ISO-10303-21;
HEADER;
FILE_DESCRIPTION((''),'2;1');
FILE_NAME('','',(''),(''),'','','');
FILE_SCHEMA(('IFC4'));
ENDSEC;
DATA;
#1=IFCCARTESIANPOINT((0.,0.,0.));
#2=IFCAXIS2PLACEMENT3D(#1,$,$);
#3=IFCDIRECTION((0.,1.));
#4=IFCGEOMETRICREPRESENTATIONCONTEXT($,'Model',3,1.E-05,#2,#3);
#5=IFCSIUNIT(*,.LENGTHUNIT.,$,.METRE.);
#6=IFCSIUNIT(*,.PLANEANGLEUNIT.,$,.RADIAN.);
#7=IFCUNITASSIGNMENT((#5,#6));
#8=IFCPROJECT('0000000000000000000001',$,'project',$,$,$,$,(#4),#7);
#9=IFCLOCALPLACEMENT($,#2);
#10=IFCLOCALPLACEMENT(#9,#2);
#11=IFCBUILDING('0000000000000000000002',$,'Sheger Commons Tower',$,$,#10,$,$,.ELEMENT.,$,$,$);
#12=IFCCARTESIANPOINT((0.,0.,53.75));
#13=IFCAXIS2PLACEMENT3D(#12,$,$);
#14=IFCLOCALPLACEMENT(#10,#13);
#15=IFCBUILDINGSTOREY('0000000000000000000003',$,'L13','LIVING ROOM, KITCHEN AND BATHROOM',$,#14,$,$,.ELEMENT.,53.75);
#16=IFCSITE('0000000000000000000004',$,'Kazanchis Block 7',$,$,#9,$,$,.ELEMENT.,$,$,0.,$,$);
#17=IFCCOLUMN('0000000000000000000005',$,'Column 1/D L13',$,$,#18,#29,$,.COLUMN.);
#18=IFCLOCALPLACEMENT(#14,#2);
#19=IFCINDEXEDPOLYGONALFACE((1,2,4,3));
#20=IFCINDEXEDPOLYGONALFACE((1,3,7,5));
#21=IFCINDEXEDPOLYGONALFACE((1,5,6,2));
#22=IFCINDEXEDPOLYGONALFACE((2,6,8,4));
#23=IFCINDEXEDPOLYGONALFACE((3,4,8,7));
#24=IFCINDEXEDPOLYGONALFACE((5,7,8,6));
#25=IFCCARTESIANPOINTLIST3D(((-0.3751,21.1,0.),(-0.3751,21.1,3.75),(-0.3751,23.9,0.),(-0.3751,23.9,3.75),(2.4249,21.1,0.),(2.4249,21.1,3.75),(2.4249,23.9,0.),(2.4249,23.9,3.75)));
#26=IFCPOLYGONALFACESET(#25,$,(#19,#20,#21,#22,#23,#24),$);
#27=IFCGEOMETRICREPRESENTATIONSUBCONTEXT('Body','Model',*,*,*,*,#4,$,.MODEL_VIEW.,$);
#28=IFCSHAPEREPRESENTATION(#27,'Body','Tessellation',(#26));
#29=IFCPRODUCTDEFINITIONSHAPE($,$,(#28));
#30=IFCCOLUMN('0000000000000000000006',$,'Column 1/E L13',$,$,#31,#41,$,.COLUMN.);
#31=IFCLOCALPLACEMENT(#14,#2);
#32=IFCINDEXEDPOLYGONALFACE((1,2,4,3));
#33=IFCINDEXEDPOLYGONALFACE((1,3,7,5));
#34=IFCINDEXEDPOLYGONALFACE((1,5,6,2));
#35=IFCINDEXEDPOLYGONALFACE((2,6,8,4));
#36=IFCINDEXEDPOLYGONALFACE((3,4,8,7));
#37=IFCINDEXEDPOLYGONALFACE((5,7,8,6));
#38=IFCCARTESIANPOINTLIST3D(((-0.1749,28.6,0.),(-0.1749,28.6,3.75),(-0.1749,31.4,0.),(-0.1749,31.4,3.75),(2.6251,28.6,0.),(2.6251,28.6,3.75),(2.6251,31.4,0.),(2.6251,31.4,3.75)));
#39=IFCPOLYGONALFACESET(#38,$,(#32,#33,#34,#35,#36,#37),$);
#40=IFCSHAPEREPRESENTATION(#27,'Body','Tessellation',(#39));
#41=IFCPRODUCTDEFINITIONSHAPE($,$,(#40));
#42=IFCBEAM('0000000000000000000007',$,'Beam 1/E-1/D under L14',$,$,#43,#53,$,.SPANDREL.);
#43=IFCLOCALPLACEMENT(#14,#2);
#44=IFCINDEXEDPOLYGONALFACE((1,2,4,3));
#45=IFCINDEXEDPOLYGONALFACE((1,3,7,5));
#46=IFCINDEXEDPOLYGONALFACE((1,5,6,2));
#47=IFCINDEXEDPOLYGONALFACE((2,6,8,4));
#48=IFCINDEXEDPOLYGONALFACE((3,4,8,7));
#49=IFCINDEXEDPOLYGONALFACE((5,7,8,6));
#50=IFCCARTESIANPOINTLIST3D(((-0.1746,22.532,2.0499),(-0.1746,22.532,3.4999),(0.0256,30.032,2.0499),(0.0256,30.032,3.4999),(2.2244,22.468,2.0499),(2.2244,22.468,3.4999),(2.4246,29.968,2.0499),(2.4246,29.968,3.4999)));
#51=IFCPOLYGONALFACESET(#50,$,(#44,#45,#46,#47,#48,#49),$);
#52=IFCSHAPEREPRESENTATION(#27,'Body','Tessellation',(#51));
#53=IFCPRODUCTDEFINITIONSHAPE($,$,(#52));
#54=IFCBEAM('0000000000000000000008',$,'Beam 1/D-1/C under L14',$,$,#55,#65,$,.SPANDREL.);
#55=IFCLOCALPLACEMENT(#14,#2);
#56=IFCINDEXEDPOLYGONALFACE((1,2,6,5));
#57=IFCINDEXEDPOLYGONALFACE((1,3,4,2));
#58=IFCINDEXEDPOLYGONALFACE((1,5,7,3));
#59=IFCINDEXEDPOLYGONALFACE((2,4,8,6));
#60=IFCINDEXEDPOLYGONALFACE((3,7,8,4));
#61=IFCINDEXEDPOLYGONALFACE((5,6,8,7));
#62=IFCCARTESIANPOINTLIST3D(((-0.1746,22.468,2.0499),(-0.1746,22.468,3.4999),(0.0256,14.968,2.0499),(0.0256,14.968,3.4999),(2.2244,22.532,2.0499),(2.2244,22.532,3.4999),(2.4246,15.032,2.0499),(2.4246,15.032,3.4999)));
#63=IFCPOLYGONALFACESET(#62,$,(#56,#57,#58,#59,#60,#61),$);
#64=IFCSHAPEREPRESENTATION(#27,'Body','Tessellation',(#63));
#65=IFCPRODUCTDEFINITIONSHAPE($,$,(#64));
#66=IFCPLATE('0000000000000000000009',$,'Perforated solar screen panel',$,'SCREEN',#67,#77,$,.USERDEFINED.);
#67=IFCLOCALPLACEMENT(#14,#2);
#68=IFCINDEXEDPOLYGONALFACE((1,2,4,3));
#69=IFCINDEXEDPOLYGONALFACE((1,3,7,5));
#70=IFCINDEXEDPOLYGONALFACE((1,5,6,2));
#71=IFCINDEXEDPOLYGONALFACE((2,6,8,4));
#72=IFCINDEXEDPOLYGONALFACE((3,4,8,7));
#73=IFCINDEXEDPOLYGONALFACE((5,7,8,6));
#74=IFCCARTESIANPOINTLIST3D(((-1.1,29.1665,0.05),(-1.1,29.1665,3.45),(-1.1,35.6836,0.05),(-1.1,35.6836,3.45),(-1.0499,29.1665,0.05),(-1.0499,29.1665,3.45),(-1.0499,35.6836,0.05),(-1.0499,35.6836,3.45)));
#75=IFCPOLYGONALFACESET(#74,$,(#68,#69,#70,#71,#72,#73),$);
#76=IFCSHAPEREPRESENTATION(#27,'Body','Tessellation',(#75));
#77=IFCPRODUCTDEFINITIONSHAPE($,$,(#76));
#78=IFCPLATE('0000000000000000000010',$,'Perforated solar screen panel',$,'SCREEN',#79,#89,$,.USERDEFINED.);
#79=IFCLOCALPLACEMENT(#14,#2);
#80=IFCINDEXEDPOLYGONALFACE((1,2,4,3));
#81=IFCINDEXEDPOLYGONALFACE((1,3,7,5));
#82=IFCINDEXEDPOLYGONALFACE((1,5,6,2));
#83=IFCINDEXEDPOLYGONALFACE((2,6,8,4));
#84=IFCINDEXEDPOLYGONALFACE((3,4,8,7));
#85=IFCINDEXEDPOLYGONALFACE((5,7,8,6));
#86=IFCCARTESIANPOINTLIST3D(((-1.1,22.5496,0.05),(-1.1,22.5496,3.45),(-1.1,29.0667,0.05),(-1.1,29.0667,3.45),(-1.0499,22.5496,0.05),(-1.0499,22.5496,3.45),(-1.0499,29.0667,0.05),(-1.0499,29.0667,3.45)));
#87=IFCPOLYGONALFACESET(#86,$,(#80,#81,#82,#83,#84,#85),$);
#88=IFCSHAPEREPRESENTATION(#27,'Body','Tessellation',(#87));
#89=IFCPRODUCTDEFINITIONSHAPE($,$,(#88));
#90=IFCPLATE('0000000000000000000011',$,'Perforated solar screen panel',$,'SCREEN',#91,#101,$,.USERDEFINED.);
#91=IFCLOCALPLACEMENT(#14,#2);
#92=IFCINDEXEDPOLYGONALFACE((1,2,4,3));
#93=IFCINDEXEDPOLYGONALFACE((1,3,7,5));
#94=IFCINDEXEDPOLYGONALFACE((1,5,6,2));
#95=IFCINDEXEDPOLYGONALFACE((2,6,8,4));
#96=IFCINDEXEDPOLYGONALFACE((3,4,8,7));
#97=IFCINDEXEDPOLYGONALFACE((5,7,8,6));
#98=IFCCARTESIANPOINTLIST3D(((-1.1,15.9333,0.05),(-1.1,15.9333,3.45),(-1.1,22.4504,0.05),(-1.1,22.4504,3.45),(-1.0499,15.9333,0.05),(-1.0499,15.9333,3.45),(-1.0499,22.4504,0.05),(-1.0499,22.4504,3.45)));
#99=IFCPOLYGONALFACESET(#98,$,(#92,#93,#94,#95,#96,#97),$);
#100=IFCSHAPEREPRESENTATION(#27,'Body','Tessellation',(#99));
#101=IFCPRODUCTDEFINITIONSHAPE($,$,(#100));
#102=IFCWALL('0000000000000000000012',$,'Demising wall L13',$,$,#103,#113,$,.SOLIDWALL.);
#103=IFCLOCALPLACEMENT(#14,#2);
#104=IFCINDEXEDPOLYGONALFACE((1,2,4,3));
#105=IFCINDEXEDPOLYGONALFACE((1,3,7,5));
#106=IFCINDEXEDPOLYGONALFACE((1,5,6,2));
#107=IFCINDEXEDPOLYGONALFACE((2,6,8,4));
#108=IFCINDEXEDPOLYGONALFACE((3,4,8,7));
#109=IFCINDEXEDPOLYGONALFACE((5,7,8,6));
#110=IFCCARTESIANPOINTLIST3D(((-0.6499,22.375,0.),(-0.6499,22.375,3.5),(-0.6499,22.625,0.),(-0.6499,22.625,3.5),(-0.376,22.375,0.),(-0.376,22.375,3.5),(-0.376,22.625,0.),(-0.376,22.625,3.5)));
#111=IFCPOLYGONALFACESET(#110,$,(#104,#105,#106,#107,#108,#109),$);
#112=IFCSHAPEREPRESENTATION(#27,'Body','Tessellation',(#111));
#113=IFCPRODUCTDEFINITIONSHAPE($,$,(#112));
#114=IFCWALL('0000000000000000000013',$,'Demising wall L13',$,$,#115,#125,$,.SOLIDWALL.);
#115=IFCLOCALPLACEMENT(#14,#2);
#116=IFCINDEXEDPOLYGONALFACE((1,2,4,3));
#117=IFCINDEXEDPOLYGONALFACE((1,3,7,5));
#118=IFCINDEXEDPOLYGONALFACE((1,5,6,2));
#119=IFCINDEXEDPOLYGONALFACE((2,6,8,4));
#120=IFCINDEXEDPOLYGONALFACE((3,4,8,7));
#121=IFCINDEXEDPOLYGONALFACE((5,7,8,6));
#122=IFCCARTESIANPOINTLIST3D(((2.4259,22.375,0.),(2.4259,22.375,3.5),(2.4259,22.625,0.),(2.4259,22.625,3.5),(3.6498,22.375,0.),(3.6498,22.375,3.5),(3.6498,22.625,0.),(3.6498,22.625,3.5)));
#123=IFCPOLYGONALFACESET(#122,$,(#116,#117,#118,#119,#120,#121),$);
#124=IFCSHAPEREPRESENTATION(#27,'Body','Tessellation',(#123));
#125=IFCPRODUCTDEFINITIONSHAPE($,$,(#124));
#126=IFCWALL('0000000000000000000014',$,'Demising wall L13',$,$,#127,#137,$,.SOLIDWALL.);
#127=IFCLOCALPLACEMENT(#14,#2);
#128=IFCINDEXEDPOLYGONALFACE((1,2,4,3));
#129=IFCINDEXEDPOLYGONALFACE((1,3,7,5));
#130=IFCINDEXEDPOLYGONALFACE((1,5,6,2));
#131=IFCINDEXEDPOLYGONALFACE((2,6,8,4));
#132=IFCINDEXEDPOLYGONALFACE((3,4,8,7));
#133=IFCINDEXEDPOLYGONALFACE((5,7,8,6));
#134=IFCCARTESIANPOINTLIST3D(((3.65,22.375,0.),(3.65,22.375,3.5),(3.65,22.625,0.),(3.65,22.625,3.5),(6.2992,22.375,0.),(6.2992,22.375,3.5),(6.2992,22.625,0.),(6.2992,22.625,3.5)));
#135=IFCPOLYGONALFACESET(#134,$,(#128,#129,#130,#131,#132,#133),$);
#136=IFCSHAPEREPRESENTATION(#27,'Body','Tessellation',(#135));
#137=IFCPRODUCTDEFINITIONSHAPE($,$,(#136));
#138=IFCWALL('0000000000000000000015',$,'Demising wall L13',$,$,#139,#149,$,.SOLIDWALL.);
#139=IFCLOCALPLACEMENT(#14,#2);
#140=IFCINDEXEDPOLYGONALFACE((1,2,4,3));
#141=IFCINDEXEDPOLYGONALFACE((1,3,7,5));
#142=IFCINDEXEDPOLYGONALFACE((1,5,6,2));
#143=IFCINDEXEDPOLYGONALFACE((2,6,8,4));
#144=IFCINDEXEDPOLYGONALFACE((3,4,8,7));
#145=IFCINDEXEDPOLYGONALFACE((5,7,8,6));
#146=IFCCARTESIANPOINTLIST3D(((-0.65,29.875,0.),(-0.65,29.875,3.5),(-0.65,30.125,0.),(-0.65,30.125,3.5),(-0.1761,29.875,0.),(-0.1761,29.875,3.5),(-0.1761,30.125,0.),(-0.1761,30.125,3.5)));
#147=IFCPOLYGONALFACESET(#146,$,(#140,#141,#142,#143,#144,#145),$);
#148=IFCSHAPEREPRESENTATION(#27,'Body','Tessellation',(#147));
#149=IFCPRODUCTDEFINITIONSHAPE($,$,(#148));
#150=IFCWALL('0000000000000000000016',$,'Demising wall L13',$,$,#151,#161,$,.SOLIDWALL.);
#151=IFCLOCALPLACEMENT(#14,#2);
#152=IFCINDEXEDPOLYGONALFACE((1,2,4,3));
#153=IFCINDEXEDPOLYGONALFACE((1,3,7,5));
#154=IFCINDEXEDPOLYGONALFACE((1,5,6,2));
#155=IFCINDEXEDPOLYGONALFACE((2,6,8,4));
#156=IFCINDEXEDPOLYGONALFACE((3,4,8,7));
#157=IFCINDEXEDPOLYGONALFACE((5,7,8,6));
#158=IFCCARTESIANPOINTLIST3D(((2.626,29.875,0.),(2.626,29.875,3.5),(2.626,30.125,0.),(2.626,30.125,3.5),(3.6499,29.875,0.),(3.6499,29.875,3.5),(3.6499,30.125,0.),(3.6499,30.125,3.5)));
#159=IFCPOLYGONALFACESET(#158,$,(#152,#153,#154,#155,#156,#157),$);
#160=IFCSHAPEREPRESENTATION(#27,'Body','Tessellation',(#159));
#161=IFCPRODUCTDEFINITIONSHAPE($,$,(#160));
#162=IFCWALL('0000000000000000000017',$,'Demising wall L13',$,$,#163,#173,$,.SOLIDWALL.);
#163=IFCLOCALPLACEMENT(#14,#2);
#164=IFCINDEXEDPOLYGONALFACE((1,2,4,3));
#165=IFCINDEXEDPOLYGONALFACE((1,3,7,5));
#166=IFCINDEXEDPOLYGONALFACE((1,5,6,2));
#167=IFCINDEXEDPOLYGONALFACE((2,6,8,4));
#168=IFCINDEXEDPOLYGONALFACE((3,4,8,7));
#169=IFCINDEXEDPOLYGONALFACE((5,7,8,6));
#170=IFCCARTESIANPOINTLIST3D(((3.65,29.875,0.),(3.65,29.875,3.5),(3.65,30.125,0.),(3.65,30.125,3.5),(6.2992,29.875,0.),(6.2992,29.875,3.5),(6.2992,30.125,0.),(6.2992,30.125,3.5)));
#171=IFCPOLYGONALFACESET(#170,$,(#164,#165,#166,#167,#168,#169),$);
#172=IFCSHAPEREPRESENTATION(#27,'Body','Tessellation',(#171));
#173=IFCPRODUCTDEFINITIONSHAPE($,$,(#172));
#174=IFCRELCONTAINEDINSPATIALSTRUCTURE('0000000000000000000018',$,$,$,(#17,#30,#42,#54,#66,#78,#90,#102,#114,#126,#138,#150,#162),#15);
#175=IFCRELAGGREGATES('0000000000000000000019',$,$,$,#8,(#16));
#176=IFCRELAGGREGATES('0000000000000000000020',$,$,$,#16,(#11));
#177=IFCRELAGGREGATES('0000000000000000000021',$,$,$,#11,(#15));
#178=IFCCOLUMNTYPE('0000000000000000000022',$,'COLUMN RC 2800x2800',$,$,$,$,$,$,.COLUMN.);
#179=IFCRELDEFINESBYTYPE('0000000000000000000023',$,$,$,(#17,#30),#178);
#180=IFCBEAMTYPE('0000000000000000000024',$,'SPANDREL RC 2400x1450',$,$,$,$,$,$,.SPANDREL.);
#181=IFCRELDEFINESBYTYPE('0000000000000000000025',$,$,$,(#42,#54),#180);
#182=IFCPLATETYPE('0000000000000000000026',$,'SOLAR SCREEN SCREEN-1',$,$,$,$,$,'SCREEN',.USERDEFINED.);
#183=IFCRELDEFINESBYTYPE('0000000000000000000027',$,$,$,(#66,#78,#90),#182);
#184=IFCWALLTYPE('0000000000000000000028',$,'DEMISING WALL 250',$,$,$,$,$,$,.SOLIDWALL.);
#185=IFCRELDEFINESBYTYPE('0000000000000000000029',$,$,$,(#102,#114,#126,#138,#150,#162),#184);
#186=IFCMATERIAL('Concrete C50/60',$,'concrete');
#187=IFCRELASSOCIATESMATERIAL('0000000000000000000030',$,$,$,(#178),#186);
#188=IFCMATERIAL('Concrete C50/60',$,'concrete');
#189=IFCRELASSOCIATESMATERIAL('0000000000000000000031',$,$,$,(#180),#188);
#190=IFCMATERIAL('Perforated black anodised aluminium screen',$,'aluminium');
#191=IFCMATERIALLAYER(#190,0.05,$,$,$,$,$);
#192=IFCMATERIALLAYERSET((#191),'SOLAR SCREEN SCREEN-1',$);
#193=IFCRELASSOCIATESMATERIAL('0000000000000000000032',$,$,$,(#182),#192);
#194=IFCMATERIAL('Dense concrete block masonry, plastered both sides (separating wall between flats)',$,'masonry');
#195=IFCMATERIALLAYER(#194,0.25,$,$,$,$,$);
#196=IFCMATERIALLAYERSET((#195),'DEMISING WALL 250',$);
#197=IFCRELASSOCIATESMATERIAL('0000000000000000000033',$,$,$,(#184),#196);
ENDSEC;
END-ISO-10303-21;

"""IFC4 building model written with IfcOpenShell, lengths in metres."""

from ifc_helpers import new_model, si_unit, direction, frame, frame_2d, origin, origin_2d, place, context, subcontext, project, spatial, rectangle, extrude, material, layer, layer_set, material_profile, profile_set, type_object, element, save


model = new_model("IFC4")

# Units and contexts
model_context = context("Model", 3, precision=1e-05, world=origin(), true_north=direction((0.0, 1.0)))
body_context = subcontext(model_context, "Body", "Model", "MODEL_VIEW")
ifc_project = project(units=[si_unit("LENGTHUNIT", "METRE"), si_unit("PLANEANGLEUNIT", "RADIAN")], contexts=[model_context])

# Site, building, storey
site_placement = place(None, origin())
site = spatial("IfcSite", under=ifc_project, at=site_placement, Name="Kazanchis Block 7", CompositionType="ELEMENT", RefElevation=0.0)
building_placement = place(site_placement, origin())
building = spatial("IfcBuilding", under=site, at=building_placement, Name="Sheger Commons Tower", CompositionType="ELEMENT")
storey_placement = place(building_placement, frame((0.0, 0.0, 53.75)))
storey = spatial("IfcBuildingStorey", under=building, at=storey_placement, Name="L13", Description="LIVING ROOM, KITCHEN AND BATHROOM", CompositionType="ELEMENT", Elevation=53.75)

# Columns
ifc_material_1 = material(Name="Concrete C50/60", Category="concrete")
ifc_material_profile_1 = material_profile(ifc_material_1, rectangle(XDim=2.8, YDim=2.8, at=origin_2d()), Name="RC 2800x2800")
ifc_profile_set_1 = profile_set([ifc_material_profile_1], Name="Concrete C50/60")
column_type = type_object("IfcColumnType", Name="COLUMN RC 2800x2800", PredefinedType="COLUMN", material=ifc_profile_set_1)
for number, where, z_axis, x_axis, name in (
    (1, (1.0249, 22.5, 0.0), (0.0, 0.0, 1.0), (1.0, 0.0, 0.0), "Column 1/D L13"),
    (2, (1.2251, 30.0, 0.0), (0.0, 0.0, 1.0), (1.0, 0.0, 0.0), "Column 1/E L13"),
):
    element("IfcColumn", number, at=place(storey_placement, frame(where, z_axis=z_axis, x_axis=x_axis)), inside=storey, type_object=column_type, Name=name, PredefinedType="COLUMN", context=body_context, shape_type="SweptSolid", body=[
        extrude(rectangle(XDim=2.8, YDim=2.8, at=origin_2d()), origin(), (0.0, 0.0, 1.0), 3.75),
    ])

# Beams
ifc_material_2 = material(Name="Concrete C50/60", Category="concrete")
ifc_material_profile_2 = material_profile(ifc_material_2, rectangle(XDim=2.3999, YDim=1.45, at=origin_2d()), Name="RC 2400x1450")
ifc_profile_set_2 = profile_set([ifc_material_profile_2], Name="Concrete C50/60")
beam_type = type_object("IfcBeamType", Name="SPANDREL RC 2400x1450", PredefinedType="SPANDREL", material=ifc_profile_set_2)
for number, where, z_axis, x_axis, name in (
    (3, (1.2251, 30.0, 2.7749), (-0.026683, -0.999644, 0.0), (0.999644, -0.026683, 0.0), "Beam 1/E-1/D under L14"),
    (4, (1.0249, 22.5, 2.7749), (0.026683, -0.999644, 0.0), (0.999644, 0.026683, 0.0), "Beam 1/D-1/C under L14"),
):
    element("IfcBeam", number, at=place(storey_placement, frame(where, z_axis=z_axis, x_axis=x_axis)), inside=storey, type_object=beam_type, Name=name, PredefinedType="SPANDREL", context=body_context, shape_type="SweptSolid", body=[
        extrude(rectangle(XDim=2.3999, YDim=1.45, at=origin_2d()), origin(), (0.0, 0.0, 1.0), 7.5027),
    ])

# Plates
ifc_material_3 = material(Name="Perforated black anodised aluminium screen", Category="aluminium")
ifc_layer_1 = layer(ifc_material_3, 0.05)
ifc_layer_set_1 = layer_set([ifc_layer_1], Name="SOLAR SCREEN SCREEN-1")
plate_type = type_object("IfcPlateType", Name="SOLAR SCREEN SCREEN-1", ElementType="SCREEN", PredefinedType="USERDEFINED", material=ifc_layer_set_1)
for number, where, z_axis, x_axis, name in (
    (5, (-1.075, 32.425, 0.05), (0.0, 0.0, 1.0), (0.0, -1.0, 0.0), "Perforated solar screen panel"),
    (6, (-1.075, 25.8081, 0.05), (0.0, 0.0, 1.0), (0.0, -1.0, 0.0), "Perforated solar screen panel"),
    (7, (-1.075, 19.1919, 0.05), (0.0, 0.0, 1.0), (0.0, -1.0, 0.0), "Perforated solar screen panel"),
):
    element("IfcPlate", number, at=place(storey_placement, frame(where, z_axis=z_axis, x_axis=x_axis)), inside=storey, type_object=plate_type, Name=name, ObjectType="SCREEN", PredefinedType="USERDEFINED", context=body_context, shape_type="SweptSolid", body=[
        extrude(rectangle(XDim=6.5171, YDim=0.05, at=origin_2d()), origin(), (0.0, 0.0, 1.0), 3.3999),
    ])

# Walls
ifc_material_4 = material(Name="Dense concrete block masonry, plastered both sides (separating wall between flats)", Category="masonry")
ifc_layer_2 = layer(ifc_material_4, 0.25)
ifc_layer_set_2 = layer_set([ifc_layer_2], Name="DEMISING WALL 250")
wall_type_1 = type_object("IfcWallType", Name="DEMISING WALL 250", PredefinedType="SOLIDWALL", material=ifc_layer_set_2)
wall_1_placement = place(storey_placement, frame((-0.6499, 22.5, 0.0), z_axis=(0.0, 0.0, 1.0), x_axis=(1.0, 0.0, 0.0)))
element("IfcWall", 8, at=wall_1_placement, inside=storey, type_object=wall_type_1, Name="Demising wall L13", PredefinedType="SOLIDWALL", context=body_context, shape_type="SweptSolid", body=[
    extrude(rectangle(XDim=0.2739, YDim=0.25, at=frame_2d((0.137, 0.0))), origin(), (0.0, 0.0, 1.0), 3.5),
])
wall_2_placement = place(storey_placement, frame((2.426, 22.5, 0.0), z_axis=(0.0, 0.0, 1.0), x_axis=(1.0, 0.0, 0.0)))
element("IfcWall", 9, at=wall_2_placement, inside=storey, type_object=wall_type_1, Name="Demising wall L13", PredefinedType="SOLIDWALL", context=body_context, shape_type="SweptSolid", body=[
    extrude(rectangle(XDim=1.2239, YDim=0.25, at=frame_2d((0.6118, 0.0))), origin(), (0.0, 0.0, 1.0), 3.5),
])
wall_3_placement = place(storey_placement, frame((3.6499, 22.5, 0.0), z_axis=(0.0, 0.0, 1.0), x_axis=(1.0, 0.0, 0.0)))
element("IfcWall", 10, at=wall_3_placement, inside=storey, type_object=wall_type_1, Name="Demising wall L13", PredefinedType="SOLIDWALL", context=body_context, shape_type="SweptSolid", body=[
    extrude(rectangle(XDim=2.6492, YDim=0.25, at=frame_2d((1.3247, 0.0))), origin(), (0.0, 0.0, 1.0), 3.5),
])
wall_4_placement = place(storey_placement, frame((-0.6499, 30.0, 0.0), z_axis=(0.0, 0.0, 1.0), x_axis=(1.0, 0.0, 0.0)))
element("IfcWall", 11, at=wall_4_placement, inside=storey, type_object=wall_type_1, Name="Demising wall L13", PredefinedType="SOLIDWALL", context=body_context, shape_type="SweptSolid", body=[
    extrude(rectangle(XDim=0.4739, YDim=0.25, at=frame_2d((0.2368, 0.0))), origin(), (0.0, 0.0, 1.0), 3.5),
])
wall_5_placement = place(storey_placement, frame((2.626, 30.0, 0.0), z_axis=(0.0, 0.0, 1.0), x_axis=(1.0, 0.0, 0.0)))
element("IfcWall", 12, at=wall_5_placement, inside=storey, type_object=wall_type_1, Name="Demising wall L13", PredefinedType="SOLIDWALL", context=body_context, shape_type="SweptSolid", body=[
    extrude(rectangle(XDim=1.0239, YDim=0.25, at=frame_2d((0.512, 0.0))), origin(), (0.0, 0.0, 1.0), 3.5),
])
wall_6_placement = place(storey_placement, frame((3.6499, 30.0, 0.0), z_axis=(0.0, 0.0, 1.0), x_axis=(1.0, 0.0, 0.0)))
element("IfcWall", 13, at=wall_6_placement, inside=storey, type_object=wall_type_1, Name="Demising wall L13", PredefinedType="SOLIDWALL", context=body_context, shape_type="SweptSolid", body=[
    extrude(rectangle(XDim=2.6492, YDim=0.25, at=frame_2d((1.3247, 0.0))), origin(), (0.0, 0.0, 1.0), 3.5),
])

save(model, "model.ifc")
